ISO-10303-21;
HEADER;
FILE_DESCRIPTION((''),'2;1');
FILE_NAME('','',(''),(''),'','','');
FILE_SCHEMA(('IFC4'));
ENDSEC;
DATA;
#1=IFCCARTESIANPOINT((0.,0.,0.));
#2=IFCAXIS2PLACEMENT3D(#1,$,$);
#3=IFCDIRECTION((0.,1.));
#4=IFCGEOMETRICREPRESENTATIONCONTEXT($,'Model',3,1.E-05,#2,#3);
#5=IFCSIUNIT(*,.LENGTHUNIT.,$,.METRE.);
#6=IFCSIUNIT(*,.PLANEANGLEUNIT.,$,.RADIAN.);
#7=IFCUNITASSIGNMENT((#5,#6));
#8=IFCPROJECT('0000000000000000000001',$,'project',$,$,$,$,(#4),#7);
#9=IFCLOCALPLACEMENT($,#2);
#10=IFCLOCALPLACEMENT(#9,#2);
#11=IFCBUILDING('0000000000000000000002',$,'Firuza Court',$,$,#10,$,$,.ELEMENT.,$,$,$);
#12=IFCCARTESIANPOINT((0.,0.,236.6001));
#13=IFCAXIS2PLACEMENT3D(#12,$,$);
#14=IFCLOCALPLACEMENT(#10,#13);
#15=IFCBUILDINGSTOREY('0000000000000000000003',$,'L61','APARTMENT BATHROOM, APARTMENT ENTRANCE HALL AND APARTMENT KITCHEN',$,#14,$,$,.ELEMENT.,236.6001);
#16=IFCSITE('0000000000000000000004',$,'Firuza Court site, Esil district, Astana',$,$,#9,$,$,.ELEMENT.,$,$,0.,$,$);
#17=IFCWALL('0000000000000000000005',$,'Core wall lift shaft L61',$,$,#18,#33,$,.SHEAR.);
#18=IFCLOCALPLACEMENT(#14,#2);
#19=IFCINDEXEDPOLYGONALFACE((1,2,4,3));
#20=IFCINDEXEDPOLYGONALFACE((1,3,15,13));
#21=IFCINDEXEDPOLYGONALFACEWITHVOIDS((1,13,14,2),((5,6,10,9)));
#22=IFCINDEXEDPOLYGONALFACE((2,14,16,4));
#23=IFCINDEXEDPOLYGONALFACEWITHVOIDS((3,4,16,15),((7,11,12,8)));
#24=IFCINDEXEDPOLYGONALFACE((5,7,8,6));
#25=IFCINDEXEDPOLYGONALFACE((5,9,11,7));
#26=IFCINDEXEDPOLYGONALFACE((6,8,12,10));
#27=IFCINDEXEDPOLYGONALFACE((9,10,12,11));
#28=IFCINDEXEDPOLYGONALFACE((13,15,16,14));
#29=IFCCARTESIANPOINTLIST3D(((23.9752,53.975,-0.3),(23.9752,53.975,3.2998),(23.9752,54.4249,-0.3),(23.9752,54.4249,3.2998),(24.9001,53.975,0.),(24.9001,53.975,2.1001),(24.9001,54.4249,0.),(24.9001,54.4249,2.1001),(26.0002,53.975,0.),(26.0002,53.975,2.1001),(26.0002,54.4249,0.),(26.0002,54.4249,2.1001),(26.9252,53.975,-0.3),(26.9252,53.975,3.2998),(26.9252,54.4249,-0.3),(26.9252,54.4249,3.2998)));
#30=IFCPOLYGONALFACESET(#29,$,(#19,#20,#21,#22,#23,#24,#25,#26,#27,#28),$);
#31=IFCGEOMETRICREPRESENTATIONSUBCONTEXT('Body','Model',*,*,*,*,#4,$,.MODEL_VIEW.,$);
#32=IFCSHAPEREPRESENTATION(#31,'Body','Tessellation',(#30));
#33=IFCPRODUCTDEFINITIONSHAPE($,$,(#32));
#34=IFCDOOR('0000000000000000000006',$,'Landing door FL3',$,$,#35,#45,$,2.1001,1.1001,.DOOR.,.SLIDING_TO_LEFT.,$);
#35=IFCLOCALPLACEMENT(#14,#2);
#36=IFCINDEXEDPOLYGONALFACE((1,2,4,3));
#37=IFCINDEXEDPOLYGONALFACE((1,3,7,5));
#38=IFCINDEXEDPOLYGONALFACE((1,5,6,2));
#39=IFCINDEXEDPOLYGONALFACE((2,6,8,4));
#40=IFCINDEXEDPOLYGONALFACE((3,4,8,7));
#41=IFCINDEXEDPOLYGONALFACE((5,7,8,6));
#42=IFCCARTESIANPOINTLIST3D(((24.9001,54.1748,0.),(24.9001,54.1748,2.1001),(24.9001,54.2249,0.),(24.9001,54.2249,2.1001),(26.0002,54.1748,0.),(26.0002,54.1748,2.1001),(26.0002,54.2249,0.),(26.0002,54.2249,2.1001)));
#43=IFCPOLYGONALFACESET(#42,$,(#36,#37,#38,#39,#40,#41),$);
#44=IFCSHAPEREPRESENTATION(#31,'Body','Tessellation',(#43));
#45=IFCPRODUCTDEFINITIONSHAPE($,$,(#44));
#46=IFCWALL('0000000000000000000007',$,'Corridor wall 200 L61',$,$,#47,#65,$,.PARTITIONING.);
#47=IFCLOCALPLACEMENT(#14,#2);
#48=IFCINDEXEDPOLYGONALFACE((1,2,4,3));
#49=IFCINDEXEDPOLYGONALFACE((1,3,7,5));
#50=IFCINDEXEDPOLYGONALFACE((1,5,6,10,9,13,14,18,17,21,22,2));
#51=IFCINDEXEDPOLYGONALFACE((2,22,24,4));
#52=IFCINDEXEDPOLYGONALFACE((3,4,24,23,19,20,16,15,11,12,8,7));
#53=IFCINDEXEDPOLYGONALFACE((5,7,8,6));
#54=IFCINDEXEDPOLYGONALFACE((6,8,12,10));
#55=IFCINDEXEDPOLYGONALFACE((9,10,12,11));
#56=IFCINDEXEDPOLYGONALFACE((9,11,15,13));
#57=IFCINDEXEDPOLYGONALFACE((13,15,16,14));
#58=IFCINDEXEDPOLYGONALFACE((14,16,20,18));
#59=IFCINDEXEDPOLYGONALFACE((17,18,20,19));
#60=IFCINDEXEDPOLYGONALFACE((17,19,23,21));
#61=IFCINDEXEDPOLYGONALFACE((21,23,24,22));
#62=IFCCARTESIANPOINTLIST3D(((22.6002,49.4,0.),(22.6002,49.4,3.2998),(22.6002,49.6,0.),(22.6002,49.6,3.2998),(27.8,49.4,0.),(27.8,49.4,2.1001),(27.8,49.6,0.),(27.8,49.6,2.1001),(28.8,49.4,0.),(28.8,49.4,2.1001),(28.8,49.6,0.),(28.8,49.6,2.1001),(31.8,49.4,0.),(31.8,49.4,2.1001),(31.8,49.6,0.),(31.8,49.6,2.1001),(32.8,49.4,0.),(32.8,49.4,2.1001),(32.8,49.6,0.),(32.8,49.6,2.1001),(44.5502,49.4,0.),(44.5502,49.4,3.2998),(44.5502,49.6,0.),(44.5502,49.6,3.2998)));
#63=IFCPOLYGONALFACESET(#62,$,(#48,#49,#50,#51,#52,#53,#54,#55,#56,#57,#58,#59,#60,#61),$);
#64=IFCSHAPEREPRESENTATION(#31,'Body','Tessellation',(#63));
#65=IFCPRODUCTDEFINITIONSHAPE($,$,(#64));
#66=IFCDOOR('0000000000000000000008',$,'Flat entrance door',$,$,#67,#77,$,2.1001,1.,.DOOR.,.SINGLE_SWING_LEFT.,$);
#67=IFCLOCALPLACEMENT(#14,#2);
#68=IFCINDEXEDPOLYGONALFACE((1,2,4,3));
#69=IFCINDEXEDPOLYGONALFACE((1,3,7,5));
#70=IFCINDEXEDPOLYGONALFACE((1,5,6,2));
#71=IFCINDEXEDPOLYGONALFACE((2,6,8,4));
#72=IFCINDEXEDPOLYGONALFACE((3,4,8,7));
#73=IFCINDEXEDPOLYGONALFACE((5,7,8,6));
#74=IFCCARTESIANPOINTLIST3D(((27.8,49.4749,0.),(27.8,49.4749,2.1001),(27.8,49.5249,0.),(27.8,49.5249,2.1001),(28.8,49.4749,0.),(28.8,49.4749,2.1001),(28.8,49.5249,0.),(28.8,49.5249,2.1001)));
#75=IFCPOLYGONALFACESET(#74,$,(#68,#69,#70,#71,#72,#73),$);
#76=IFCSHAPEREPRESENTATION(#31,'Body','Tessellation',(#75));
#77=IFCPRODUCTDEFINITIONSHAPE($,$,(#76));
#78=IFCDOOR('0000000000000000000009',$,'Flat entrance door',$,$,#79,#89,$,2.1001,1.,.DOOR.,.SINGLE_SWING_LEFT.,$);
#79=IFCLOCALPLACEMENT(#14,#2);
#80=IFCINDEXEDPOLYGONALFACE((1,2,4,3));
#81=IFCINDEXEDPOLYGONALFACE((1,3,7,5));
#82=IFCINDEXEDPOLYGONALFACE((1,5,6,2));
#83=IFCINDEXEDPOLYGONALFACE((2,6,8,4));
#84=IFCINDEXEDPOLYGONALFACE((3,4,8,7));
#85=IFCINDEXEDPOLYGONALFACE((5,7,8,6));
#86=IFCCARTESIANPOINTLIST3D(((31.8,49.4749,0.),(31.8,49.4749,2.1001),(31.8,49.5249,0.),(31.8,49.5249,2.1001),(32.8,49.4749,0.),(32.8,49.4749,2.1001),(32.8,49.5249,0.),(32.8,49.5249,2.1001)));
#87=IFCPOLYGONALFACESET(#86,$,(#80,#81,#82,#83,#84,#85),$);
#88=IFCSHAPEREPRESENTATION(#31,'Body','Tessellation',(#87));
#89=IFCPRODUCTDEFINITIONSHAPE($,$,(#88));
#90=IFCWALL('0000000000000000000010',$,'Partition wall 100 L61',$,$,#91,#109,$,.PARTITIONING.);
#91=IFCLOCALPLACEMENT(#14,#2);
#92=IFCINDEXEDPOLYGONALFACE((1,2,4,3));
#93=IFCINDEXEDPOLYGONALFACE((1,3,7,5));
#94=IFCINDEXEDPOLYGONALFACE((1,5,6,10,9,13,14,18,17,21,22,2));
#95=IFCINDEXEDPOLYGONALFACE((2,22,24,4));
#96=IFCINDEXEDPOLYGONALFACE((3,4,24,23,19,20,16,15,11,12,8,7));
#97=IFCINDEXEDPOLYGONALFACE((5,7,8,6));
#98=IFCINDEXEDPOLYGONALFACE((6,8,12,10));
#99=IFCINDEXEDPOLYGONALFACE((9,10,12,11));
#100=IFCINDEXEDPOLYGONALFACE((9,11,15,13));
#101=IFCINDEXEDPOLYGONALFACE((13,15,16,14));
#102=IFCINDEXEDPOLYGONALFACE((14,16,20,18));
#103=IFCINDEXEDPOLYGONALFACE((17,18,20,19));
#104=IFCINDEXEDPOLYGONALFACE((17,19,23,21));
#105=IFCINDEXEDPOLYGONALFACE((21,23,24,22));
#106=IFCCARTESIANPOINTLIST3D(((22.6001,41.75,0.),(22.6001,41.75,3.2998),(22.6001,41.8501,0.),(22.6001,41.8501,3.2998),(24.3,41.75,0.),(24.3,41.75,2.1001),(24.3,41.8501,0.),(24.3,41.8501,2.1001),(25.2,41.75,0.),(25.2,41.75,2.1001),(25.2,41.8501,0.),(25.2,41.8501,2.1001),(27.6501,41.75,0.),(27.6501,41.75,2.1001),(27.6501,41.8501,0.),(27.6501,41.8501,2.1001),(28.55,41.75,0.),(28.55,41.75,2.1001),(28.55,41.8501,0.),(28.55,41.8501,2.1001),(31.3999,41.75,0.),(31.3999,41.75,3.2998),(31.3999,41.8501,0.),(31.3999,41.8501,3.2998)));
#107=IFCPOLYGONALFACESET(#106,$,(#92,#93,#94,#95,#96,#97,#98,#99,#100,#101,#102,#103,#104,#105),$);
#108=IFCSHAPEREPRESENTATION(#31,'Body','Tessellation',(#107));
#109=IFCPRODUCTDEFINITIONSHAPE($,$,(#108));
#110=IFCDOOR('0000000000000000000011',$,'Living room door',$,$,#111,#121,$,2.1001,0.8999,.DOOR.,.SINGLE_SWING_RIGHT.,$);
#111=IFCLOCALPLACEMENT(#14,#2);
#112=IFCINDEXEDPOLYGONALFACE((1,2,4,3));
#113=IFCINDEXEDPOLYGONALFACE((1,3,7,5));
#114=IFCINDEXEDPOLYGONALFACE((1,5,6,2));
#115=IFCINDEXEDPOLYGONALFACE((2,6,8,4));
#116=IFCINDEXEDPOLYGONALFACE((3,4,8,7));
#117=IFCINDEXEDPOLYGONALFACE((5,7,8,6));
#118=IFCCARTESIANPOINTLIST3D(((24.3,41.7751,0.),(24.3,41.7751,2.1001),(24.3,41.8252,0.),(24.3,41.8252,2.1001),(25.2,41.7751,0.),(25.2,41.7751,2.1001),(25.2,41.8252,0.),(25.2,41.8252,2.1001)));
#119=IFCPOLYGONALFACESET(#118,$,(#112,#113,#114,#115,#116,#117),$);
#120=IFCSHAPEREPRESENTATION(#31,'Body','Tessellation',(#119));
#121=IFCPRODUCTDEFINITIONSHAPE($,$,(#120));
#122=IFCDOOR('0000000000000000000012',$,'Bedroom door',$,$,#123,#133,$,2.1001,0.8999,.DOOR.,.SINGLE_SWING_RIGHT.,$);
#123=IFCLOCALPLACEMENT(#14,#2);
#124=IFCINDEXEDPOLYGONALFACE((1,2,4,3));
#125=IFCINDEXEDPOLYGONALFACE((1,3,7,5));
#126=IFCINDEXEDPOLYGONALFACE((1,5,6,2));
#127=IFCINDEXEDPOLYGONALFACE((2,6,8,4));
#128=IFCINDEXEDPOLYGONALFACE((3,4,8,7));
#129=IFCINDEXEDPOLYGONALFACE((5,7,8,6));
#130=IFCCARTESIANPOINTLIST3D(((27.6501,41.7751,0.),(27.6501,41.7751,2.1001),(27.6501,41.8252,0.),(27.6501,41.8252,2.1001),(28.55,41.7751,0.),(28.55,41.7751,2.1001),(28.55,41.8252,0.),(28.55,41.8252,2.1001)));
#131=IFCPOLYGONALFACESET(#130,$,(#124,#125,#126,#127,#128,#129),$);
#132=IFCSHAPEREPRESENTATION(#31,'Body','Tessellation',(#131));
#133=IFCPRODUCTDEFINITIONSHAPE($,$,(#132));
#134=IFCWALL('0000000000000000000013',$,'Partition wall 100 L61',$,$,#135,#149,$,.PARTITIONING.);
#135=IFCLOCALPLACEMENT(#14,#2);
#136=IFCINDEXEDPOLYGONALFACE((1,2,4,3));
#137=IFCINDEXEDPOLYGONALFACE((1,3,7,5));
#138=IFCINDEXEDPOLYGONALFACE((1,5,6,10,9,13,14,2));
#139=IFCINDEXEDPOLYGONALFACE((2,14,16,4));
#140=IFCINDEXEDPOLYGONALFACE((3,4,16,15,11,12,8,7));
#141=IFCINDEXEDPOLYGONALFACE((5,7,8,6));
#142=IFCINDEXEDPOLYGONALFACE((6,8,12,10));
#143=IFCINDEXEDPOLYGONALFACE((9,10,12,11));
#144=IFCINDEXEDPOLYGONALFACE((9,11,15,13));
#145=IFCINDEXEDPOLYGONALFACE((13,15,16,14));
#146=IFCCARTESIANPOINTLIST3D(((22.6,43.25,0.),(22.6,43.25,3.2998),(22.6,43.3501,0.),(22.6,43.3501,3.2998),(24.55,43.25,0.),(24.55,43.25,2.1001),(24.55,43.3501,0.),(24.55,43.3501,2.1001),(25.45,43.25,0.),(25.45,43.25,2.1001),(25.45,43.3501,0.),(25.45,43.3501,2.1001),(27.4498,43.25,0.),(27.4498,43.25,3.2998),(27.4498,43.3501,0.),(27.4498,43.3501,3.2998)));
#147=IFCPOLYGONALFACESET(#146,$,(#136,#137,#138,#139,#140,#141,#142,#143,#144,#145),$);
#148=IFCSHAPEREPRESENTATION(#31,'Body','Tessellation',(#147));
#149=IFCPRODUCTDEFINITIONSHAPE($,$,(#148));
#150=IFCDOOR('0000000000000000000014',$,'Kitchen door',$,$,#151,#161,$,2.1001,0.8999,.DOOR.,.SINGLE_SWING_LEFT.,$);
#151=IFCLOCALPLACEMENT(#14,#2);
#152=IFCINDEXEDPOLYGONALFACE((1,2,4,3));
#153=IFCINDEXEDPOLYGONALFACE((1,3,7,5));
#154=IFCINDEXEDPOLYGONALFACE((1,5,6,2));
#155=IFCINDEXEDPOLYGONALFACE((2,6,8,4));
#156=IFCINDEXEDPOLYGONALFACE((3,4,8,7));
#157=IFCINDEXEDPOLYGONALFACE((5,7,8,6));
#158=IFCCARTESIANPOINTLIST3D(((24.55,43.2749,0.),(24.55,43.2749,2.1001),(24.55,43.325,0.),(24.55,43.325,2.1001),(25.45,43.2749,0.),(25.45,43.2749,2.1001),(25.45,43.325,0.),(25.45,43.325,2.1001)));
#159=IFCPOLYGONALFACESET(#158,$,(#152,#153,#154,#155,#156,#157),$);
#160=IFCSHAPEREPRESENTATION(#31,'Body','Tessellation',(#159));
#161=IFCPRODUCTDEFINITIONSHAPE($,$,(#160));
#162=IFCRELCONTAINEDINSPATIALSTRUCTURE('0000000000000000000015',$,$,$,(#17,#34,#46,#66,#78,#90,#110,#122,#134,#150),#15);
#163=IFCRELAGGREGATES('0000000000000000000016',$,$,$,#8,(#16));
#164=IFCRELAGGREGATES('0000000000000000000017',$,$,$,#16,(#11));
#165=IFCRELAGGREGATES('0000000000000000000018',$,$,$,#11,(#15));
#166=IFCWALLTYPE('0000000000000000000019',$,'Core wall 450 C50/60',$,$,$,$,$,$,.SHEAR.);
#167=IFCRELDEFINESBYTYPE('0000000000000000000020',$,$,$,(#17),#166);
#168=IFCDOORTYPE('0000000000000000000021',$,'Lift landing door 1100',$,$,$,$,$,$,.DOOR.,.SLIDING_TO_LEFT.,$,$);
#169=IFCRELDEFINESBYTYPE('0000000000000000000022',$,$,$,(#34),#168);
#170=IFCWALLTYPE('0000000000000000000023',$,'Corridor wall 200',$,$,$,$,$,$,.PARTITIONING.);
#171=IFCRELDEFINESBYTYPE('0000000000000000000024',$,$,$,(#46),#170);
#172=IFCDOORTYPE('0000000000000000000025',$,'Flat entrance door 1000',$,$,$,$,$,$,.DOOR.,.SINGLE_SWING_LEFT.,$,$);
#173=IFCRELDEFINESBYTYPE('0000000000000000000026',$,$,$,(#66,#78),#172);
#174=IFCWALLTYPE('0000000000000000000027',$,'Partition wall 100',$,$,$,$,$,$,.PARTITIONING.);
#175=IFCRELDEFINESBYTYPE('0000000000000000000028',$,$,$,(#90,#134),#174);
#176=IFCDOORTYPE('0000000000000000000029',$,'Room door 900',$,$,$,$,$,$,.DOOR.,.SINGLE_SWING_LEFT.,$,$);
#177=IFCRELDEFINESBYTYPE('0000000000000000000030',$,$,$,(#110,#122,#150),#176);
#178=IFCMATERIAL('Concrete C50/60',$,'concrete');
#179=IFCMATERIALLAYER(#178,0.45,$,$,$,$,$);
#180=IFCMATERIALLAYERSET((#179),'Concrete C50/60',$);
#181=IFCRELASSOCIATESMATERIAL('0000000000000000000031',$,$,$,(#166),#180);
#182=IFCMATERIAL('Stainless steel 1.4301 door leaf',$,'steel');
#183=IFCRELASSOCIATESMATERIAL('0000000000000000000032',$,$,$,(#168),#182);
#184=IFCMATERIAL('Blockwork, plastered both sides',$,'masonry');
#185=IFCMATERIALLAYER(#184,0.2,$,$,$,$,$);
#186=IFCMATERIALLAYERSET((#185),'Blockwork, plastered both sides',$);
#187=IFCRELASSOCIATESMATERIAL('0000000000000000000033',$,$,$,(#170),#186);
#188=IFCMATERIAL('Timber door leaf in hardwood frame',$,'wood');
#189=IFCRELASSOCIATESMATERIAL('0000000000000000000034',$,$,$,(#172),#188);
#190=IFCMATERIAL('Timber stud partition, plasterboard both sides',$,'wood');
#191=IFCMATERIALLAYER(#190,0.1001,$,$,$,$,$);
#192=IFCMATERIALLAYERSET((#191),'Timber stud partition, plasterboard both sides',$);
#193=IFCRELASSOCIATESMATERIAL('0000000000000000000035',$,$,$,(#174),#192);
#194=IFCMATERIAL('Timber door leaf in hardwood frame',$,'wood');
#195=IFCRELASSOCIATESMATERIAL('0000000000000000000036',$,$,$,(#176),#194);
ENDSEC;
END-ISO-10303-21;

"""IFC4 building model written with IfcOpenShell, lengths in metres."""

from ifc_helpers import new_model, si_unit, direction, frame, frame_2d, origin, place, context, subcontext, project, spatial, rectangle, extrude, material, layer, layer_set, type_object, element, fill, save


model = new_model("IFC4")

# Units and contexts
model_context = context("Model", 3, precision=1e-05, world=origin(), true_north=direction((0.0, 1.0)))
body_context = subcontext(model_context, "Body", "Model", "MODEL_VIEW")
ifc_project = project(units=[si_unit("LENGTHUNIT", "METRE"), si_unit("PLANEANGLEUNIT", "RADIAN")], contexts=[model_context])

# Site, building, storey
site_placement = place(None, origin())
site = spatial("IfcSite", under=ifc_project, at=site_placement, Name="Firuza Court site, Esil district, Astana", CompositionType="ELEMENT", RefElevation=0.0)
building_placement = place(site_placement, origin())
building = spatial("IfcBuilding", under=site, at=building_placement, Name="Firuza Court", CompositionType="ELEMENT")
storey_placement = place(building_placement, frame((0.0, 0.0, 236.6001)))
storey = spatial("IfcBuildingStorey", under=building, at=storey_placement, Name="L61", Description="APARTMENT BATHROOM, APARTMENT ENTRANCE HALL AND APARTMENT KITCHEN", CompositionType="ELEMENT", Elevation=236.6001)

# Wall, opening, door
ifc_material_1 = material(Name="Concrete C50/60", Category="concrete")
ifc_layer_1 = layer(ifc_material_1, 0.45)
ifc_layer_set_1 = layer_set([ifc_layer_1], Name="Concrete C50/60")
wall_type_1 = type_object("IfcWallType", Name="Core wall 450 C50/60", PredefinedType="SHEAR", material=ifc_layer_set_1)
wall_1_placement = place(storey_placement, frame((23.9751, 54.2, -0.3), z_axis=(0.0, 0.0, 1.0), x_axis=(1.0, 0.0, 0.0)))
wall_1 = element("IfcWall", 1, at=wall_1_placement, inside=storey, type_object=wall_type_1, Name="Core wall lift shaft L61", PredefinedType="SHEAR", context=body_context, shape_type="SweptSolid", body=[
    extrude(rectangle(XDim=2.95, YDim=0.45, at=frame_2d((1.4751, 0.0))), origin(), (0.0, 0.0, 1.0), 3.5999),
])
opening_1_placement = place(wall_1_placement, frame((0.925, 0.0, 0.3)))
opening_1 = element("IfcOpeningElement", 2, at=opening_1_placement, cuts=wall_1, PredefinedType="OPENING", context=body_context, shape_type="SweptSolid", body=[
    extrude(rectangle(XDim=1.1001, YDim=2.1001, at=frame_2d((0.55, 1.05))), frame((0.0, 0.2368, 0.0), z_axis=(0.0, -1.0, 0.0), x_axis=(1.0, 0.0, 0.0)), (0.0, 0.0, 1.0), 0.4739),
])
ifc_material_2 = material(Name="Stainless steel 1.4301 door leaf", Category="steel")
door_type_1 = type_object("IfcDoorType", Name="Lift landing door 1100", OperationType="SLIDING_TO_LEFT", PredefinedType="DOOR", material=ifc_material_2)
door_1_placement = place(opening_1_placement, origin())
door_1 = element("IfcDoor", 3, at=door_1_placement, inside=storey, type_object=door_type_1, Name="Landing door FL3", OperationType="SLIDING_TO_LEFT", OverallHeight=2.1001, OverallWidth=1.1001, PredefinedType="DOOR", context=body_context, shape_type="SweptSolid", body=[
    extrude(rectangle(XDim=1.1001, YDim=2.1001, at=frame_2d((0.55, 1.05))), frame((0.0, 0.0249, 0.0), z_axis=(0.0, -1.0, 0.0), x_axis=(1.0, 0.0, 0.0)), (0.0, 0.0, 1.0), 0.05),
])
fill(opening_1, door_1)

# Walls, openings, doors
ifc_material_3 = material(Name="Blockwork, plastered both sides", Category="masonry")
ifc_layer_2 = layer(ifc_material_3, 0.2)
ifc_layer_set_2 = layer_set([ifc_layer_2], Name="Blockwork, plastered both sides")
wall_type_2 = type_object("IfcWallType", Name="Corridor wall 200", PredefinedType="PARTITIONING", material=ifc_layer_set_2)
wall_2_placement = place(storey_placement, frame((22.6001, 49.5, 0.0), z_axis=(0.0, 0.0, 1.0), x_axis=(1.0, 0.0, 0.0)))
wall_2 = element("IfcWall", 4, at=wall_2_placement, inside=storey, type_object=wall_type_2, Name="Corridor wall 200 L61", PredefinedType="PARTITIONING", context=body_context, shape_type="SweptSolid", body=[
    extrude(rectangle(XDim=21.95, YDim=0.2, at=frame_2d((10.9751, 0.0))), origin(), (0.0, 0.0, 1.0), 3.2998),
])
opening_2_placement = place(wall_2_placement, frame((5.2, 0.0, 0.0)))
opening_2 = element("IfcOpeningElement", 5, at=opening_2_placement, cuts=wall_2, PredefinedType="OPENING", context=body_context, shape_type="SweptSolid", body=[
    extrude(rectangle(XDim=1.0, YDim=2.1001, at=frame_2d((0.5, 1.05))), frame((0.0, 0.1118, 0.0), z_axis=(0.0, -1.0, 0.0), x_axis=(1.0, 0.0, 0.0)), (0.0, 0.0, 1.0), 0.2239),
])
opening_3_placement = place(wall_2_placement, frame((9.2, 0.0, 0.0)))
opening_3 = element("IfcOpeningElement", 6, at=opening_3_placement, cuts=wall_2, PredefinedType="OPENING", context=body_context, shape_type="SweptSolid", body=[
    extrude(rectangle(XDim=1.0, YDim=2.1001, at=frame_2d((0.5, 1.05))), frame((0.0, 0.1118, 0.0), z_axis=(0.0, -1.0, 0.0), x_axis=(1.0, 0.0, 0.0)), (0.0, 0.0, 1.0), 0.2239),
])
ifc_material_4 = material(Name="Timber door leaf in hardwood frame", Category="wood")
door_type_2 = type_object("IfcDoorType", Name="Flat entrance door 1000", OperationType="SINGLE_SWING_LEFT", PredefinedType="DOOR", material=ifc_material_4)
door_2_placement = place(opening_2_placement, origin())
door_2 = element("IfcDoor", 7, at=door_2_placement, inside=storey, type_object=door_type_2, Name="Flat entrance door", OperationType="SINGLE_SWING_LEFT", OverallHeight=2.1001, OverallWidth=1.0, PredefinedType="DOOR", context=body_context, shape_type="SweptSolid", body=[
    extrude(rectangle(XDim=1.0, YDim=2.1001, at=frame_2d((0.5, 1.05))), frame((0.0, 0.0249, 0.0), z_axis=(0.0, -1.0, 0.0), x_axis=(1.0, 0.0, 0.0)), (0.0, 0.0, 1.0), 0.05),
])
fill(opening_2, door_2)
door_3_placement = place(opening_3_placement, origin())
door_3 = element("IfcDoor", 8, at=door_3_placement, inside=storey, type_object=door_type_2, Name="Flat entrance door", OperationType="SINGLE_SWING_LEFT", OverallHeight=2.1001, OverallWidth=1.0, PredefinedType="DOOR", context=body_context, shape_type="SweptSolid", body=[
    extrude(rectangle(XDim=1.0, YDim=2.1001, at=frame_2d((0.5, 1.05))), frame((0.0, 0.0249, 0.0), z_axis=(0.0, -1.0, 0.0), x_axis=(1.0, 0.0, 0.0)), (0.0, 0.0, 1.0), 0.05),
])
fill(opening_3, door_3)
ifc_material_5 = material(Name="Timber stud partition, plasterboard both sides", Category="wood")
ifc_layer_3 = layer(ifc_material_5, 0.1001)
ifc_layer_set_3 = layer_set([ifc_layer_3], Name="Timber stud partition, plasterboard both sides")
wall_type_3 = type_object("IfcWallType", Name="Partition wall 100", PredefinedType="PARTITIONING", material=ifc_layer_set_3)
wall_3_placement = place(storey_placement, frame((22.6001, 41.8, 0.0), z_axis=(0.0, 0.0, 1.0), x_axis=(1.0, 0.0, 0.0)))
wall_3 = element("IfcWall", 9, at=wall_3_placement, inside=storey, type_object=wall_type_3, Name="Partition wall 100 L61", PredefinedType="PARTITIONING", context=body_context, shape_type="SweptSolid", body=[
    extrude(rectangle(XDim=8.7998, YDim=0.1001, at=frame_2d((4.3999, 0.0))), origin(), (0.0, 0.0, 1.0), 3.2998),
])
opening_4_placement = place(wall_3_placement, frame((1.7, 0.0, 0.0)))
opening_4 = element("IfcOpeningElement", 10, at=opening_4_placement, cuts=wall_3, PredefinedType="OPENING", context=body_context, shape_type="SweptSolid", body=[
    extrude(rectangle(XDim=0.8999, YDim=2.1001, at=frame_2d((0.45, 1.05))), frame((0.0, 0.062, 0.0), z_axis=(0.0, -1.0, 0.0), x_axis=(1.0, 0.0, 0.0)), (0.0, 0.0, 1.0), 0.124),
])
opening_5_placement = place(wall_3_placement, frame((5.05, 0.0, 0.0)))
opening_5 = element("IfcOpeningElement", 11, at=opening_5_placement, cuts=wall_3, PredefinedType="OPENING", context=body_context, shape_type="SweptSolid", body=[
    extrude(rectangle(XDim=0.8999, YDim=2.1001, at=frame_2d((0.45, 1.05))), frame((0.0, 0.062, 0.0), z_axis=(0.0, -1.0, 0.0), x_axis=(1.0, 0.0, 0.0)), (0.0, 0.0, 1.0), 0.124),
])
ifc_material_6 = material(Name="Timber door leaf in hardwood frame", Category="wood")
door_type_3 = type_object("IfcDoorType", Name="Room door 900", OperationType="SINGLE_SWING_LEFT", PredefinedType="DOOR", material=ifc_material_6)
door_4_placement = place(opening_4_placement, frame((0.8999, 0.0, 0.0), z_axis=(0.0, 0.0, 1.0), x_axis=(-1.0, 0.0, 0.0)))
door_4 = element("IfcDoor", 12, at=door_4_placement, inside=storey, type_object=door_type_3, Name="Living room door", OperationType="SINGLE_SWING_RIGHT", OverallHeight=2.1001, OverallWidth=0.8999, PredefinedType="DOOR", context=body_context, shape_type="SweptSolid", body=[
    extrude(rectangle(XDim=0.8999, YDim=2.1001, at=frame_2d((0.45, 1.05))), frame((0.0, 0.0249, 0.0), z_axis=(0.0, -1.0, 0.0), x_axis=(1.0, 0.0, 0.0)), (0.0, 0.0, 1.0), 0.05),
])
fill(opening_4, door_4)
door_5_placement = place(opening_5_placement, frame((0.8999, 0.0, 0.0), z_axis=(0.0, 0.0, 1.0), x_axis=(-1.0, 0.0, 0.0)))
door_5 = element("IfcDoor", 13, at=door_5_placement, inside=storey, type_object=door_type_3, Name="Bedroom door", OperationType="SINGLE_SWING_RIGHT", OverallHeight=2.1001, OverallWidth=0.8999, PredefinedType="DOOR", context=body_context, shape_type="SweptSolid", body=[
    extrude(rectangle(XDim=0.8999, YDim=2.1001, at=frame_2d((0.45, 1.05))), frame((0.0, 0.0249, 0.0), z_axis=(0.0, -1.0, 0.0), x_axis=(1.0, 0.0, 0.0)), (0.0, 0.0, 1.0), 0.05),
])
fill(opening_5, door_5)

# Wall, opening, door
wall_4_placement = place(storey_placement, frame((22.6001, 43.3, 0.0), z_axis=(0.0, 0.0, 1.0), x_axis=(1.0, 0.0, 0.0)))
wall_4 = element("IfcWall", 14, at=wall_4_placement, inside=storey, type_object=wall_type_3, Name="Partition wall 100 L61", PredefinedType="PARTITIONING", context=body_context, shape_type="SweptSolid", body=[
    extrude(rectangle(XDim=4.8499, YDim=0.1001, at=frame_2d((2.4248, 0.0))), origin(), (0.0, 0.0, 1.0), 3.2998),
])
opening_6_placement = place(wall_4_placement, frame((1.95, 0.0, 0.0)))
opening_6 = element("IfcOpeningElement", 15, at=opening_6_placement, cuts=wall_4, PredefinedType="OPENING", context=body_context, shape_type="SweptSolid", body=[
    extrude(rectangle(XDim=0.8999, YDim=2.1001, at=frame_2d((0.45, 1.05))), frame((0.0, 0.062, 0.0), z_axis=(0.0, -1.0, 0.0), x_axis=(1.0, 0.0, 0.0)), (0.0, 0.0, 1.0), 0.124),
])
door_6_placement = place(opening_6_placement, origin())
door_6 = element("IfcDoor", 16, at=door_6_placement, inside=storey, type_object=door_type_3, Name="Kitchen door", OperationType="SINGLE_SWING_LEFT", OverallHeight=2.1001, OverallWidth=0.8999, PredefinedType="DOOR", context=body_context, shape_type="SweptSolid", body=[
    extrude(rectangle(XDim=0.8999, YDim=2.1001, at=frame_2d((0.45, 1.05))), frame((0.0, 0.0249, 0.0), z_axis=(0.0, -1.0, 0.0), x_axis=(1.0, 0.0, 0.0)), (0.0, 0.0, 1.0), 0.05),
])
fill(opening_6, door_6)

save(model, "model.ifc")
